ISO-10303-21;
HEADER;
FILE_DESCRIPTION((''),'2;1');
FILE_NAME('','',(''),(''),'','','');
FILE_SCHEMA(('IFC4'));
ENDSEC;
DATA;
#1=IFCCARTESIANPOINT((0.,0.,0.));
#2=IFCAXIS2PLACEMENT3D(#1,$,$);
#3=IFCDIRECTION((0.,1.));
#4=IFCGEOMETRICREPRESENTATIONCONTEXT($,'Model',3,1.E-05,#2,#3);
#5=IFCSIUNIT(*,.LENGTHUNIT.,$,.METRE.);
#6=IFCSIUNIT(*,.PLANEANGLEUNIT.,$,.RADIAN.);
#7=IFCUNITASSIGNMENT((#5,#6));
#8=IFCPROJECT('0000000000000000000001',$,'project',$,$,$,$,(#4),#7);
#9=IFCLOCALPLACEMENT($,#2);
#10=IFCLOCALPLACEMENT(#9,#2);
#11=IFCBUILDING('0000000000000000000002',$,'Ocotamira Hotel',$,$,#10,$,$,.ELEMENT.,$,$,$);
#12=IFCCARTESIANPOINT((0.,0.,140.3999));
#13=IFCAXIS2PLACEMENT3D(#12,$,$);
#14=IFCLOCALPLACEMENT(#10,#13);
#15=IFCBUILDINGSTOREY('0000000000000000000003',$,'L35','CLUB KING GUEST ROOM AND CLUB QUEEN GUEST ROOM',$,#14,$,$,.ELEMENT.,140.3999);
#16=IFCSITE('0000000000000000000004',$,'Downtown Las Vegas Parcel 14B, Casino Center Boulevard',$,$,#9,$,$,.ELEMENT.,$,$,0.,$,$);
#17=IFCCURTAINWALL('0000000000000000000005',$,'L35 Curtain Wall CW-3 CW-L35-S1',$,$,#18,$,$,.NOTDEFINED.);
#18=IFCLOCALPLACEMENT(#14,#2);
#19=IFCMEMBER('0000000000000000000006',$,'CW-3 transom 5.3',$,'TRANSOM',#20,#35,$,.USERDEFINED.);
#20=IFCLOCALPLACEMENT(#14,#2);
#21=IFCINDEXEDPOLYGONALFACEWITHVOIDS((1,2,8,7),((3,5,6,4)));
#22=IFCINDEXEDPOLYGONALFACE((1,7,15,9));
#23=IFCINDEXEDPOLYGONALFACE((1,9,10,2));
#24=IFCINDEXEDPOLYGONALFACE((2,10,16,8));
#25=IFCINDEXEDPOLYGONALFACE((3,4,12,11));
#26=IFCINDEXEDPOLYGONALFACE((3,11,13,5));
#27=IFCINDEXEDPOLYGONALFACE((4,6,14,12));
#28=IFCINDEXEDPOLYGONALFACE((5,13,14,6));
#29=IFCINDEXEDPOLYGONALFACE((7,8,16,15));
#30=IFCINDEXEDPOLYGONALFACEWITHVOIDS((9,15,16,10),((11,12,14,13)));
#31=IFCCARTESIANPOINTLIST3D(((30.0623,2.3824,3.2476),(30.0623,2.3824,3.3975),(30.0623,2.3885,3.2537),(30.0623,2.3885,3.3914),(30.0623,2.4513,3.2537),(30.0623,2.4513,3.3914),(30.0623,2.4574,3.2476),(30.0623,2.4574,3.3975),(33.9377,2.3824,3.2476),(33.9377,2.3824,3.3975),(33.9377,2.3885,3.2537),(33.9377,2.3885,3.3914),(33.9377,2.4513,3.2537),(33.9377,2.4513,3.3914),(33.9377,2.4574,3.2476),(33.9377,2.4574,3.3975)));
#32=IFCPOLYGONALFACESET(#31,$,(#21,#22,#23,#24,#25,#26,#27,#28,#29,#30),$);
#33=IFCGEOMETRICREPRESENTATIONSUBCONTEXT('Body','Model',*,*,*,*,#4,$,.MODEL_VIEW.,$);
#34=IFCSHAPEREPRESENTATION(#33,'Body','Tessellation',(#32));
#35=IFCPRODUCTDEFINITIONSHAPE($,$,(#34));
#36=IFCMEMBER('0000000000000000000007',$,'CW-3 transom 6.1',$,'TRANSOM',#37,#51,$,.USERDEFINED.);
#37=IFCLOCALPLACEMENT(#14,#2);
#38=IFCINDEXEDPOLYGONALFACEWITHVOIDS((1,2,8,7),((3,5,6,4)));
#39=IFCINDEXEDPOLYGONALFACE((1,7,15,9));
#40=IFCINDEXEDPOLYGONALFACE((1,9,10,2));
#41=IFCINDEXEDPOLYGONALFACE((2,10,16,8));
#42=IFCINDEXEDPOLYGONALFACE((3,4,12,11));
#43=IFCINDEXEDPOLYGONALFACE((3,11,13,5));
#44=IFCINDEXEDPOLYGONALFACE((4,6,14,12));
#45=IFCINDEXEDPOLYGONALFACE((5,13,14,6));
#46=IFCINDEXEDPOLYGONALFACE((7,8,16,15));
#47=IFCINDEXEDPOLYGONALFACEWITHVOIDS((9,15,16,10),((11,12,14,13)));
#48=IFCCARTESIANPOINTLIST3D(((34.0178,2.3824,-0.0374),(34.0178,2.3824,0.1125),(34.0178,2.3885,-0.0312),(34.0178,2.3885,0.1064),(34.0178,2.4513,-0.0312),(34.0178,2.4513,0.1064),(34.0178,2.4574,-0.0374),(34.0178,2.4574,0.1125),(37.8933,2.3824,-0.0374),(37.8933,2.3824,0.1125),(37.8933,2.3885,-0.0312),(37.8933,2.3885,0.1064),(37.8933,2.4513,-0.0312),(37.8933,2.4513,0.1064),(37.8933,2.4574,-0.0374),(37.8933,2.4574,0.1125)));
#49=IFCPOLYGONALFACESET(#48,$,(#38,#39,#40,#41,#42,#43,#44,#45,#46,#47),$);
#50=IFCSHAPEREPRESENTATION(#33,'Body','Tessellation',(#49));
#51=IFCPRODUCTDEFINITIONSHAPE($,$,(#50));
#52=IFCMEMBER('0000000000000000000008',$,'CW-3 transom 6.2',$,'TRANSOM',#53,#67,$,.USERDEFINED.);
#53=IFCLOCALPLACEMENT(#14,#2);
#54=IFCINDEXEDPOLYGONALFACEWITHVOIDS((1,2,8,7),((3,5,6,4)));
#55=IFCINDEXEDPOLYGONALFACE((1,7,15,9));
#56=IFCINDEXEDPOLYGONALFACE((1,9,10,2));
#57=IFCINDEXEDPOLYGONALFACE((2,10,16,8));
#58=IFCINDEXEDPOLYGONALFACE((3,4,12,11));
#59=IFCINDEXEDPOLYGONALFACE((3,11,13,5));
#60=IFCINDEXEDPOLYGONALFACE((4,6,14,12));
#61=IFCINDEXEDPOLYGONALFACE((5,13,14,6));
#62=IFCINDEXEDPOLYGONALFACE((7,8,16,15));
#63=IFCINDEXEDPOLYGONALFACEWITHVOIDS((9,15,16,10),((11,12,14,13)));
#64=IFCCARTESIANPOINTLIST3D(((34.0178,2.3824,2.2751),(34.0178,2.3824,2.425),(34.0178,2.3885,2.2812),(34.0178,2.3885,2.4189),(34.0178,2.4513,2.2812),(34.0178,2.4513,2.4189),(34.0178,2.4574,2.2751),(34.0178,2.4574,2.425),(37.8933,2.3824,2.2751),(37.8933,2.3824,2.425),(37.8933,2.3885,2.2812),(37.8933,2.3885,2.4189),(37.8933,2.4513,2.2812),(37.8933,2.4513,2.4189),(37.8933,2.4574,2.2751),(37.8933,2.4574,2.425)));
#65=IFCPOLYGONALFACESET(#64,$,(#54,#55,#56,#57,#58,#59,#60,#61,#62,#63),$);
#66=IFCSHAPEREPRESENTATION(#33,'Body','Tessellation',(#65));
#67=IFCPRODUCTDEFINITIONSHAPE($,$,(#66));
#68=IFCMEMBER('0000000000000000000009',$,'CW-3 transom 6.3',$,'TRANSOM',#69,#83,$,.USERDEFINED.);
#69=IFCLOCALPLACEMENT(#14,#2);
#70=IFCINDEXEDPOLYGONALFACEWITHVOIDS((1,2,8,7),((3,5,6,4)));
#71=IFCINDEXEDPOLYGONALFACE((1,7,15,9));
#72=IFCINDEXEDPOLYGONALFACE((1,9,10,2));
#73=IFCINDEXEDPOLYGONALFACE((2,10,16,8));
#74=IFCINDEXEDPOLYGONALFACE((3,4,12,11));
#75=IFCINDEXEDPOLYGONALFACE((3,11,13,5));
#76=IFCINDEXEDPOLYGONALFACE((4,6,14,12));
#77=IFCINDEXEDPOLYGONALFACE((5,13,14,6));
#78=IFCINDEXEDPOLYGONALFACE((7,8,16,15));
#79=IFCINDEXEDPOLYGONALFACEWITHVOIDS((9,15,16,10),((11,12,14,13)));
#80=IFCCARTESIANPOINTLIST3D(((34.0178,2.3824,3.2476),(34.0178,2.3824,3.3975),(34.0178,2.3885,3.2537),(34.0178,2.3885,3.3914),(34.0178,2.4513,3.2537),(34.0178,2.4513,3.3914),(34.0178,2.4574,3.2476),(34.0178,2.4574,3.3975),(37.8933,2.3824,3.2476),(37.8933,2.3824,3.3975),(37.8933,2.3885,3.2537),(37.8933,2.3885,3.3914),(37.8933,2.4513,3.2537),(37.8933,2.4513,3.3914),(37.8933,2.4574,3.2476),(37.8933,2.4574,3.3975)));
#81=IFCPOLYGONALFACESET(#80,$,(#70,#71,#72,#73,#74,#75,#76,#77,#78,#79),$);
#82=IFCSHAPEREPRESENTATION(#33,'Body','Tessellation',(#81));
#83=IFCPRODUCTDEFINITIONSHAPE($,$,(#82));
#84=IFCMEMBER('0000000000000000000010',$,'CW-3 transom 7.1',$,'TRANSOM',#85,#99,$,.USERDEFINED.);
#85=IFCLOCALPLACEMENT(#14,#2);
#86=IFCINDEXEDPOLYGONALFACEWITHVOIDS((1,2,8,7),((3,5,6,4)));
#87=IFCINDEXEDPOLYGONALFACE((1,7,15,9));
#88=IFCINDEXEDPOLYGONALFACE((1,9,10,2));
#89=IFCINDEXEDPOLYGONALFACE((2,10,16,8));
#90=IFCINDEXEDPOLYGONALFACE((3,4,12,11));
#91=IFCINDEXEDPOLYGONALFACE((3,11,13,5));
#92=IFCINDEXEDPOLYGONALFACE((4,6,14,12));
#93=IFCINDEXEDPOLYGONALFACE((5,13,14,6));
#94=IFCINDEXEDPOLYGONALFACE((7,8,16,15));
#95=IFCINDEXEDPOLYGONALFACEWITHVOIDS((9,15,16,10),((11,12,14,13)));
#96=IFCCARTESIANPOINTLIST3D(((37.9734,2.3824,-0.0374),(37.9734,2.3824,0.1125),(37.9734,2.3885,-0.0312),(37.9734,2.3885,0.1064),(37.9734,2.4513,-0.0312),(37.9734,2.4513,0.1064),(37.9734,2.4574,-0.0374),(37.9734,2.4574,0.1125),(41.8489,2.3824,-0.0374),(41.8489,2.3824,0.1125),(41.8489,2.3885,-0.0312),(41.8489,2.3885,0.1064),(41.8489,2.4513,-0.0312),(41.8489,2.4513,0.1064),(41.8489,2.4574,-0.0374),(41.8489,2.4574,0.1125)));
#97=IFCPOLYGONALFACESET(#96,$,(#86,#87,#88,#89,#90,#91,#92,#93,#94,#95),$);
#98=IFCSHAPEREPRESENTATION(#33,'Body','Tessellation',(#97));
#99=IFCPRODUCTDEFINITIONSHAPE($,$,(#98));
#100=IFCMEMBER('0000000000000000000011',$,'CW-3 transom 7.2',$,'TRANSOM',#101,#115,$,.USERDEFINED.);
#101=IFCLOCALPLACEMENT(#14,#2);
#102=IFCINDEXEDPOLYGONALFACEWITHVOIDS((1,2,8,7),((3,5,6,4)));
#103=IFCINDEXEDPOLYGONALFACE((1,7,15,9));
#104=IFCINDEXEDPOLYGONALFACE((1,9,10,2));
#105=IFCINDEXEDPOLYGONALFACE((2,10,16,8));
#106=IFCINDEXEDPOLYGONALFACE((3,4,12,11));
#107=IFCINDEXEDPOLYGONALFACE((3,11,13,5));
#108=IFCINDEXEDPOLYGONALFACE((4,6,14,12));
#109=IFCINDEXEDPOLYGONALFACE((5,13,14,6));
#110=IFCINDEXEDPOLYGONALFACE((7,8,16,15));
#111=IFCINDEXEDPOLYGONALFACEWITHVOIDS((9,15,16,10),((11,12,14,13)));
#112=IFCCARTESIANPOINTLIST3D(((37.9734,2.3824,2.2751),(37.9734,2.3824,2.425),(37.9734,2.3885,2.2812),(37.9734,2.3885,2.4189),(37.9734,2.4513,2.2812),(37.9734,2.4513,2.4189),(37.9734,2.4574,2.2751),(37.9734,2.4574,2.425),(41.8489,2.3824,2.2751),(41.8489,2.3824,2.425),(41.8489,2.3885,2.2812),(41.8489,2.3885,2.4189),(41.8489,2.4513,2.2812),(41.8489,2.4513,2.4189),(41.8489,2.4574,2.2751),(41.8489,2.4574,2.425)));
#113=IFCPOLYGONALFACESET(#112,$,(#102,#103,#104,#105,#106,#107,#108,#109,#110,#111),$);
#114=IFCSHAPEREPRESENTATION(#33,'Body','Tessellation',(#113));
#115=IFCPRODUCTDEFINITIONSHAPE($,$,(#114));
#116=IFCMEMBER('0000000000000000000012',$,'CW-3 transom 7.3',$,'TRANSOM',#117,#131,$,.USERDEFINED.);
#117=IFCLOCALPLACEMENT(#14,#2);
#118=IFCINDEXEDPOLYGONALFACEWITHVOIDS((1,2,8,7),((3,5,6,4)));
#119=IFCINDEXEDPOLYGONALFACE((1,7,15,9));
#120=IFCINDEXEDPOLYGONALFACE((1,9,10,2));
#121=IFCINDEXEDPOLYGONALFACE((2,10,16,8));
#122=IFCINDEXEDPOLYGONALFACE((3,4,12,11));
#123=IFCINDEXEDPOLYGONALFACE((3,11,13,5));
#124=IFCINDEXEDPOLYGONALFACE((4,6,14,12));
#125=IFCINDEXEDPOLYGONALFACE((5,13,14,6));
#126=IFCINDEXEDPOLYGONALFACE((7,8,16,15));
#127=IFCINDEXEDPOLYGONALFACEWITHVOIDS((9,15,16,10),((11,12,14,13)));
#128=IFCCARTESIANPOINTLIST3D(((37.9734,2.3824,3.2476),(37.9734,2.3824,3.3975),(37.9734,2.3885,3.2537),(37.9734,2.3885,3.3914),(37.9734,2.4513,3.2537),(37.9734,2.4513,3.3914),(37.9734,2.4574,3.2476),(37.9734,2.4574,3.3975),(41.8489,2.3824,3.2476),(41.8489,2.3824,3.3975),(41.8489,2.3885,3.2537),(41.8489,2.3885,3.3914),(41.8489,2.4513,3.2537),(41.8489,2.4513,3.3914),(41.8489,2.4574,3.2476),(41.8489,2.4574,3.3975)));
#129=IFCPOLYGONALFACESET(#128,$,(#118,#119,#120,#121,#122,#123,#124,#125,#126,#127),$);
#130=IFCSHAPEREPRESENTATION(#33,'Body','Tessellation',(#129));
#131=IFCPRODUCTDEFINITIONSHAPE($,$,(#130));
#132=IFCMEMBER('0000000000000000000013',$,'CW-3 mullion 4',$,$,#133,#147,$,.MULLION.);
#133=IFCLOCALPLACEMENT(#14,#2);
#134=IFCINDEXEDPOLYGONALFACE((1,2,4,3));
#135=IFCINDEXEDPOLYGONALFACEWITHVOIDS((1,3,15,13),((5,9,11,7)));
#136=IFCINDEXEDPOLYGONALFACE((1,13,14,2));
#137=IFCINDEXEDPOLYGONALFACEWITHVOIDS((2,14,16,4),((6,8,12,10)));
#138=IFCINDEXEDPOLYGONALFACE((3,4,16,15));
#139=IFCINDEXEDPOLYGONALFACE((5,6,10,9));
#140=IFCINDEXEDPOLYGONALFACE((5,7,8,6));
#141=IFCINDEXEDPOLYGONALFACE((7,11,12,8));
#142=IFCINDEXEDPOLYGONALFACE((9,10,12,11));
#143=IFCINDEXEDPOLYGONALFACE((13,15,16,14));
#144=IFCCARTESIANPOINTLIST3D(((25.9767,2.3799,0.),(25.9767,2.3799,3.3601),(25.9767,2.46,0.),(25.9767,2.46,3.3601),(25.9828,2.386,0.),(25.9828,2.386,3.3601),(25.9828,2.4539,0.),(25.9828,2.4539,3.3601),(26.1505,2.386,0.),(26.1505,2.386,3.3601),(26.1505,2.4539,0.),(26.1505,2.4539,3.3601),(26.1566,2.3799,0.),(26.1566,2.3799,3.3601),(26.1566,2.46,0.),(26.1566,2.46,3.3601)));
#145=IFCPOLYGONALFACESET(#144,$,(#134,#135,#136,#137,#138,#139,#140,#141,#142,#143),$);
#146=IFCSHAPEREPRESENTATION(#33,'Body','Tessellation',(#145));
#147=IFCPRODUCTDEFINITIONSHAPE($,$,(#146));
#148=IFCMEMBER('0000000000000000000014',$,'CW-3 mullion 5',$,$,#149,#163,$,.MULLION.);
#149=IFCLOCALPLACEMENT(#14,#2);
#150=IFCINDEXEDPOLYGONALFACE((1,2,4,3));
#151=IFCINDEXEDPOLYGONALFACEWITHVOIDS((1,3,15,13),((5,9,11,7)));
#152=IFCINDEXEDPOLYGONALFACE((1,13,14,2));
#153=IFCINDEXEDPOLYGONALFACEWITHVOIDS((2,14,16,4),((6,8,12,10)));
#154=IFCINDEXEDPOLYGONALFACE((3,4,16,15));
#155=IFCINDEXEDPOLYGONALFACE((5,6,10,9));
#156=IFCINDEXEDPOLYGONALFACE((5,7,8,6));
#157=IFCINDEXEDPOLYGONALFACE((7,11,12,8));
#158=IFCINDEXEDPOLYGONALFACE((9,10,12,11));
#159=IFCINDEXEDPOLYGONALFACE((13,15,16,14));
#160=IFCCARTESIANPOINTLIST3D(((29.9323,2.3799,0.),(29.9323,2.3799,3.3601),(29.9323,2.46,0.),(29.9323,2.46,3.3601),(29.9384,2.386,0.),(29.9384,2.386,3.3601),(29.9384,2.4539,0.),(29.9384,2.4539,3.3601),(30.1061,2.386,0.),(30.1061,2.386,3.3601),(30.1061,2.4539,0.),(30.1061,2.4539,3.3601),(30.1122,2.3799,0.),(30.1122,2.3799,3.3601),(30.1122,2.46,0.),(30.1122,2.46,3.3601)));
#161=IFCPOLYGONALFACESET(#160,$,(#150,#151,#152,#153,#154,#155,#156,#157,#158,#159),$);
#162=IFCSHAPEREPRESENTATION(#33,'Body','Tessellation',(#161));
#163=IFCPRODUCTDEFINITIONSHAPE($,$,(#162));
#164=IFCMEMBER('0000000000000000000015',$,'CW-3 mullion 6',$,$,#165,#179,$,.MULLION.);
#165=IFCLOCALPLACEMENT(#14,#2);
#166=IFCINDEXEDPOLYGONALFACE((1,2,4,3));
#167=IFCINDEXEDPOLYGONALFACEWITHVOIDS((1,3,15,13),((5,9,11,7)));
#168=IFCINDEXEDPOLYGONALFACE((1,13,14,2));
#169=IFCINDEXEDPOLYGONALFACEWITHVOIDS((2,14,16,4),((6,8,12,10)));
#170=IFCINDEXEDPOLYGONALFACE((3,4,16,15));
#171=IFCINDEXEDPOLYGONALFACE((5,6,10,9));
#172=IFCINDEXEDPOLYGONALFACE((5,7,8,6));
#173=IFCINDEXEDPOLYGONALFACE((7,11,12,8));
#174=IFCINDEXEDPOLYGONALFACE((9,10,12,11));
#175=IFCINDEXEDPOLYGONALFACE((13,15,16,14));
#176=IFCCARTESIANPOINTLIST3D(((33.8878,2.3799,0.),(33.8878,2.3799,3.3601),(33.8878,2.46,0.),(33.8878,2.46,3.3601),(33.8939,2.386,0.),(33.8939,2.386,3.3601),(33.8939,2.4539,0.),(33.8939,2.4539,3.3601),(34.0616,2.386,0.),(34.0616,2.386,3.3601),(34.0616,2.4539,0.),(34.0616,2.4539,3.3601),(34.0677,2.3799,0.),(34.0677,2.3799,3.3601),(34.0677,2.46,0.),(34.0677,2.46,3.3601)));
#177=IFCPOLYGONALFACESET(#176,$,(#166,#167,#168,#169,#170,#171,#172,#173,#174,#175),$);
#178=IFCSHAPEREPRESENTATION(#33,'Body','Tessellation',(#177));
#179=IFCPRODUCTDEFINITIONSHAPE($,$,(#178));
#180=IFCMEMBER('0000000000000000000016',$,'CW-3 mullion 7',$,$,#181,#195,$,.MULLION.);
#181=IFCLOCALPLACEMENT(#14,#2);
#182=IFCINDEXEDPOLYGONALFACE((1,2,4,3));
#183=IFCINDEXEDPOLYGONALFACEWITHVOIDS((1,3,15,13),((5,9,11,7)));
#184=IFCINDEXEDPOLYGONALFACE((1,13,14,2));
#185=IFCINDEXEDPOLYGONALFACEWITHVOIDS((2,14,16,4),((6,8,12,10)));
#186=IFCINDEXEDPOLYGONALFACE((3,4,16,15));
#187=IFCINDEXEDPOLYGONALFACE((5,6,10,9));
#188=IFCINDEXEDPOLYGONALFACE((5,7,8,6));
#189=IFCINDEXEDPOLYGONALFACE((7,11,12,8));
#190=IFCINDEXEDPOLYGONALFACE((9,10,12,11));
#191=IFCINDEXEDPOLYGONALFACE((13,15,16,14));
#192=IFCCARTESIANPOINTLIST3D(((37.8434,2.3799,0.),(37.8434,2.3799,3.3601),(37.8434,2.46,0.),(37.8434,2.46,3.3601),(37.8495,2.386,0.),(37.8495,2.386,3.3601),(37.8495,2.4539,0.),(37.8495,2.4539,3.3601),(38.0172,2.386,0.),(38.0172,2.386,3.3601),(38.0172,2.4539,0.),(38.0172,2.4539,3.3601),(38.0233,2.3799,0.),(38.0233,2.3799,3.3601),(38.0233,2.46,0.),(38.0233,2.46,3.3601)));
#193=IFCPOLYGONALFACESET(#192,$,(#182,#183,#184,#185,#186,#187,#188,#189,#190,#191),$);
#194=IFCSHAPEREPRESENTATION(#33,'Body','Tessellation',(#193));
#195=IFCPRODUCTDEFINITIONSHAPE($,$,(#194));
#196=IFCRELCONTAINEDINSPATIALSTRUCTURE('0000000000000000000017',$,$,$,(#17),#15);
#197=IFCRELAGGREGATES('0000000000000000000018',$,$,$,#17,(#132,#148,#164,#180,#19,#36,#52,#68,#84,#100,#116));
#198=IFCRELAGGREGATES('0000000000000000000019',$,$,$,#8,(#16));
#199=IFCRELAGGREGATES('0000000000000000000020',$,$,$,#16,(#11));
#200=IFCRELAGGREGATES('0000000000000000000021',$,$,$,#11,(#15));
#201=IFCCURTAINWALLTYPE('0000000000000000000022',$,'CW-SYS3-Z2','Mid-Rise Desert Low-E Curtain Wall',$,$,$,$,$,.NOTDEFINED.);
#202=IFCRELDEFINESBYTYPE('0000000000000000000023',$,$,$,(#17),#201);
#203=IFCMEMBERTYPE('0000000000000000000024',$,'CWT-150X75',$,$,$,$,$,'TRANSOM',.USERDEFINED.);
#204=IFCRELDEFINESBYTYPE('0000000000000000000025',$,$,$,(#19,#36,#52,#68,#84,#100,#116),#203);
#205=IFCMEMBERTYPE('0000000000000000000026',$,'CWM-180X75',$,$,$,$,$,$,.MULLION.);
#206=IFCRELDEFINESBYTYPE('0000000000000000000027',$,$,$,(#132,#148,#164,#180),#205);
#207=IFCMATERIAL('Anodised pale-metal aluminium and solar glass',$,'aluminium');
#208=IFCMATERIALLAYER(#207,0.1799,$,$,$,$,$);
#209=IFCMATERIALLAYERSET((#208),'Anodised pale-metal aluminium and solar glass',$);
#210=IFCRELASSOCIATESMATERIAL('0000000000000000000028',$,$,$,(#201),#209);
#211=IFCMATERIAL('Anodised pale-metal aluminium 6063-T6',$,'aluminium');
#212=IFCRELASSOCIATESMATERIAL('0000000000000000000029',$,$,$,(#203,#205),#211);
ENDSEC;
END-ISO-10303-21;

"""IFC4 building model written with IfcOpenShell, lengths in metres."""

from ifc_helpers import new_model, si_unit, direction, frame, origin, origin_2d, place, context, subcontext, project, spatial, hollow_rectangle, extrude, source, transform, mapped, material, layer, layer_set, material_profile, profile_set, type_object, element, aggregate, save


model = new_model("IFC4")

# Units and contexts
model_context = context("Model", 3, precision=1e-05, world=origin(), true_north=direction((0.0, 1.0)))
body_context = subcontext(model_context, "Body", "Model", "MODEL_VIEW")
ifc_project = project(units=[si_unit("LENGTHUNIT", "METRE"), si_unit("PLANEANGLEUNIT", "RADIAN")], contexts=[model_context])

# Site, building, storey
site_placement = place(None, origin())
site = spatial("IfcSite", under=ifc_project, at=site_placement, Name="Downtown Las Vegas Parcel 14B, Casino Center Boulevard", CompositionType="ELEMENT", RefElevation=0.0)
building_placement = place(site_placement, origin())
building = spatial("IfcBuilding", under=site, at=building_placement, Name="Ocotamira Hotel", CompositionType="ELEMENT")
storey_placement = place(building_placement, frame((0.0, 0.0, 140.3999)))
storey = spatial("IfcBuildingStorey", under=building, at=storey_placement, Name="L35", Description="CLUB KING GUEST ROOM AND CLUB QUEEN GUEST ROOM", CompositionType="ELEMENT", Elevation=140.3999)

# Curtain wall, members
ifc_material_1 = material(Name="Anodised pale-metal aluminium and solar glass", Category="aluminium")
ifc_layer_1 = layer(ifc_material_1, 0.1799)
ifc_layer_set_1 = layer_set([ifc_layer_1], Name="Anodised pale-metal aluminium and solar glass")
curtain_wall_type = type_object("IfcCurtainWallType", Name="CW-SYS3-Z2", Description="Mid-Rise Desert Low-E Curtain Wall", PredefinedType="NOTDEFINED", material=ifc_layer_set_1)
curtain_wall_placement = place(storey_placement, origin())
curtain_wall = element("IfcCurtainWall", 1, at=curtain_wall_placement, inside=storey, type_object=curtain_wall_type, Name="L35 Curtain Wall CW-3 CW-L35-S1", PredefinedType="NOTDEFINED")
ifc_material_2 = material(Name="Anodised pale-metal aluminium 6063-T6", Category="aluminium")
ifc_material_profile_1 = material_profile(ifc_material_2, hollow_rectangle(XDim=0.075, YDim=0.1499, WallThickness=0.0061, at=origin_2d()), Name="HSS150X75X6")
ifc_profile_set_1 = profile_set([ifc_material_profile_1], Name="Anodised pale-metal aluminium 6063-T6")
member_type_1 = type_object("IfcMemberType", Name="CWT-150X75", ElementType="TRANSOM", PredefinedType="USERDEFINED", material=ifc_profile_set_1)
shared_shape_1 = source(origin(), body_context, "Body", "SweptSolid", [
    extrude(hollow_rectangle(XDim=0.075, YDim=0.1499, WallThickness=0.0061, at=origin_2d()), origin(), (0.0, 0.0, 1.0), 3.8755),
])
member_1_placement = place(storey_placement, frame((30.0623, 2.4199, 3.3225), z_axis=(1.0, 0.0, 0.0), x_axis=(0.0, 1.0, 0.0)))
member_1 = element("IfcMember", 2, at=member_1_placement, type_object=member_type_1, Name="CW-3 transom 5.3", ObjectType="TRANSOM", PredefinedType="USERDEFINED", context=body_context, shape_type="MappedRepresentation", body=[
    mapped(shared_shape_1, transform((0.0, 0.0, 0.0), scale=1.0)),
])
member_2_placement = place(storey_placement, frame((34.0178, 2.4199, 0.0376), z_axis=(1.0, 0.0, 0.0), x_axis=(0.0, 1.0, 0.0)))
member_2 = element("IfcMember", 3, at=member_2_placement, type_object=member_type_1, Name="CW-3 transom 6.1", ObjectType="TRANSOM", PredefinedType="USERDEFINED", context=body_context, shape_type="MappedRepresentation", body=[
    mapped(shared_shape_1, transform((0.0, 0.0, 0.0), scale=1.0)),
])
member_3_placement = place(storey_placement, frame((34.0178, 2.4199, 2.3501), z_axis=(1.0, 0.0, 0.0), x_axis=(0.0, 1.0, 0.0)))
member_3 = element("IfcMember", 4, at=member_3_placement, type_object=member_type_1, Name="CW-3 transom 6.2", ObjectType="TRANSOM", PredefinedType="USERDEFINED", context=body_context, shape_type="MappedRepresentation", body=[
    mapped(shared_shape_1, transform((0.0, 0.0, 0.0), scale=1.0)),
])
member_4_placement = place(storey_placement, frame((34.0178, 2.4199, 3.3225), z_axis=(1.0, 0.0, 0.0), x_axis=(0.0, 1.0, 0.0)))
member_4 = element("IfcMember", 5, at=member_4_placement, type_object=member_type_1, Name="CW-3 transom 6.3", ObjectType="TRANSOM", PredefinedType="USERDEFINED", context=body_context, shape_type="MappedRepresentation", body=[
    mapped(shared_shape_1, transform((0.0, 0.0, 0.0), scale=1.0)),
])
member_5_placement = place(storey_placement, frame((37.9734, 2.4199, 0.0376), z_axis=(1.0, 0.0, 0.0), x_axis=(0.0, 1.0, 0.0)))
member_5 = element("IfcMember", 6, at=member_5_placement, type_object=member_type_1, Name="CW-3 transom 7.1", ObjectType="TRANSOM", PredefinedType="USERDEFINED", context=body_context, shape_type="MappedRepresentation", body=[
    mapped(shared_shape_1, transform((0.0, 0.0, 0.0), scale=1.0)),
])
member_6_placement = place(storey_placement, frame((37.9734, 2.4199, 2.3501), z_axis=(1.0, 0.0, 0.0), x_axis=(0.0, 1.0, 0.0)))
member_6 = element("IfcMember", 7, at=member_6_placement, type_object=member_type_1, Name="CW-3 transom 7.2", ObjectType="TRANSOM", PredefinedType="USERDEFINED", context=body_context, shape_type="MappedRepresentation", body=[
    mapped(shared_shape_1, transform((0.0, 0.0, 0.0), scale=1.0)),
])
member_7_placement = place(storey_placement, frame((37.9734, 2.4199, 3.3225), z_axis=(1.0, 0.0, 0.0), x_axis=(0.0, 1.0, 0.0)))
member_7 = element("IfcMember", 8, at=member_7_placement, type_object=member_type_1, Name="CW-3 transom 7.3", ObjectType="TRANSOM", PredefinedType="USERDEFINED", context=body_context, shape_type="MappedRepresentation", body=[
    mapped(shared_shape_1, transform((0.0, 0.0, 0.0), scale=1.0)),
])
ifc_material_profile_2 = material_profile(ifc_material_2, hollow_rectangle(XDim=0.0801, YDim=0.1799, WallThickness=0.0061, at=origin_2d()), Name="HSS180X80X6")
ifc_profile_set_2 = profile_set([ifc_material_profile_2], Name="Anodised pale-metal aluminium 6063-T6")
member_type_2 = type_object("IfcMemberType", Name="CWM-180X75", PredefinedType="MULLION", material=ifc_profile_set_2)
shared_shape_2 = source(origin(), body_context, "Body", "SweptSolid", [
    extrude(hollow_rectangle(XDim=0.0801, YDim=0.1799, WallThickness=0.0061, at=origin_2d()), origin(), (0.0, 0.0, 1.0), 3.3601),
])
member_8_placement = place(storey_placement, frame((26.0667, 2.4199, 0.0), z_axis=(0.0, 0.0, 1.0), x_axis=(0.0, 1.0, 0.0)))
member_8 = element("IfcMember", 9, at=member_8_placement, type_object=member_type_2, Name="CW-3 mullion 4", PredefinedType="MULLION", context=body_context, shape_type="MappedRepresentation", body=[
    mapped(shared_shape_2, transform((0.0, 0.0, 0.0), scale=1.0)),
])
member_9_placement = place(storey_placement, frame((30.0222, 2.4199, 0.0), z_axis=(0.0, 0.0, 1.0), x_axis=(0.0, 1.0, 0.0)))
member_9 = element("IfcMember", 10, at=member_9_placement, type_object=member_type_2, Name="CW-3 mullion 5", PredefinedType="MULLION", context=body_context, shape_type="MappedRepresentation", body=[
    mapped(shared_shape_2, transform((0.0, 0.0, 0.0), scale=1.0)),
])
member_10_placement = place(storey_placement, frame((33.9778, 2.4199, 0.0), z_axis=(0.0, 0.0, 1.0), x_axis=(0.0, 1.0, 0.0)))
member_10 = element("IfcMember", 11, at=member_10_placement, type_object=member_type_2, Name="CW-3 mullion 6", PredefinedType="MULLION", context=body_context, shape_type="MappedRepresentation", body=[
    mapped(shared_shape_2, transform((0.0, 0.0, 0.0), scale=1.0)),
])
member_11_placement = place(storey_placement, frame((37.9333, 2.4199, 0.0), z_axis=(0.0, 0.0, 1.0), x_axis=(0.0, 1.0, 0.0)))
member_11 = element("IfcMember", 12, at=member_11_placement, type_object=member_type_2, Name="CW-3 mullion 7", PredefinedType="MULLION", context=body_context, shape_type="MappedRepresentation", body=[
    mapped(shared_shape_2, transform((0.0, 0.0, 0.0), scale=1.0)),
])

aggregate(curtain_wall, [member_8, member_9, member_10, member_11, member_1, member_2, member_3, member_4, member_5, member_6, member_7])

save(model, "model.ifc")
